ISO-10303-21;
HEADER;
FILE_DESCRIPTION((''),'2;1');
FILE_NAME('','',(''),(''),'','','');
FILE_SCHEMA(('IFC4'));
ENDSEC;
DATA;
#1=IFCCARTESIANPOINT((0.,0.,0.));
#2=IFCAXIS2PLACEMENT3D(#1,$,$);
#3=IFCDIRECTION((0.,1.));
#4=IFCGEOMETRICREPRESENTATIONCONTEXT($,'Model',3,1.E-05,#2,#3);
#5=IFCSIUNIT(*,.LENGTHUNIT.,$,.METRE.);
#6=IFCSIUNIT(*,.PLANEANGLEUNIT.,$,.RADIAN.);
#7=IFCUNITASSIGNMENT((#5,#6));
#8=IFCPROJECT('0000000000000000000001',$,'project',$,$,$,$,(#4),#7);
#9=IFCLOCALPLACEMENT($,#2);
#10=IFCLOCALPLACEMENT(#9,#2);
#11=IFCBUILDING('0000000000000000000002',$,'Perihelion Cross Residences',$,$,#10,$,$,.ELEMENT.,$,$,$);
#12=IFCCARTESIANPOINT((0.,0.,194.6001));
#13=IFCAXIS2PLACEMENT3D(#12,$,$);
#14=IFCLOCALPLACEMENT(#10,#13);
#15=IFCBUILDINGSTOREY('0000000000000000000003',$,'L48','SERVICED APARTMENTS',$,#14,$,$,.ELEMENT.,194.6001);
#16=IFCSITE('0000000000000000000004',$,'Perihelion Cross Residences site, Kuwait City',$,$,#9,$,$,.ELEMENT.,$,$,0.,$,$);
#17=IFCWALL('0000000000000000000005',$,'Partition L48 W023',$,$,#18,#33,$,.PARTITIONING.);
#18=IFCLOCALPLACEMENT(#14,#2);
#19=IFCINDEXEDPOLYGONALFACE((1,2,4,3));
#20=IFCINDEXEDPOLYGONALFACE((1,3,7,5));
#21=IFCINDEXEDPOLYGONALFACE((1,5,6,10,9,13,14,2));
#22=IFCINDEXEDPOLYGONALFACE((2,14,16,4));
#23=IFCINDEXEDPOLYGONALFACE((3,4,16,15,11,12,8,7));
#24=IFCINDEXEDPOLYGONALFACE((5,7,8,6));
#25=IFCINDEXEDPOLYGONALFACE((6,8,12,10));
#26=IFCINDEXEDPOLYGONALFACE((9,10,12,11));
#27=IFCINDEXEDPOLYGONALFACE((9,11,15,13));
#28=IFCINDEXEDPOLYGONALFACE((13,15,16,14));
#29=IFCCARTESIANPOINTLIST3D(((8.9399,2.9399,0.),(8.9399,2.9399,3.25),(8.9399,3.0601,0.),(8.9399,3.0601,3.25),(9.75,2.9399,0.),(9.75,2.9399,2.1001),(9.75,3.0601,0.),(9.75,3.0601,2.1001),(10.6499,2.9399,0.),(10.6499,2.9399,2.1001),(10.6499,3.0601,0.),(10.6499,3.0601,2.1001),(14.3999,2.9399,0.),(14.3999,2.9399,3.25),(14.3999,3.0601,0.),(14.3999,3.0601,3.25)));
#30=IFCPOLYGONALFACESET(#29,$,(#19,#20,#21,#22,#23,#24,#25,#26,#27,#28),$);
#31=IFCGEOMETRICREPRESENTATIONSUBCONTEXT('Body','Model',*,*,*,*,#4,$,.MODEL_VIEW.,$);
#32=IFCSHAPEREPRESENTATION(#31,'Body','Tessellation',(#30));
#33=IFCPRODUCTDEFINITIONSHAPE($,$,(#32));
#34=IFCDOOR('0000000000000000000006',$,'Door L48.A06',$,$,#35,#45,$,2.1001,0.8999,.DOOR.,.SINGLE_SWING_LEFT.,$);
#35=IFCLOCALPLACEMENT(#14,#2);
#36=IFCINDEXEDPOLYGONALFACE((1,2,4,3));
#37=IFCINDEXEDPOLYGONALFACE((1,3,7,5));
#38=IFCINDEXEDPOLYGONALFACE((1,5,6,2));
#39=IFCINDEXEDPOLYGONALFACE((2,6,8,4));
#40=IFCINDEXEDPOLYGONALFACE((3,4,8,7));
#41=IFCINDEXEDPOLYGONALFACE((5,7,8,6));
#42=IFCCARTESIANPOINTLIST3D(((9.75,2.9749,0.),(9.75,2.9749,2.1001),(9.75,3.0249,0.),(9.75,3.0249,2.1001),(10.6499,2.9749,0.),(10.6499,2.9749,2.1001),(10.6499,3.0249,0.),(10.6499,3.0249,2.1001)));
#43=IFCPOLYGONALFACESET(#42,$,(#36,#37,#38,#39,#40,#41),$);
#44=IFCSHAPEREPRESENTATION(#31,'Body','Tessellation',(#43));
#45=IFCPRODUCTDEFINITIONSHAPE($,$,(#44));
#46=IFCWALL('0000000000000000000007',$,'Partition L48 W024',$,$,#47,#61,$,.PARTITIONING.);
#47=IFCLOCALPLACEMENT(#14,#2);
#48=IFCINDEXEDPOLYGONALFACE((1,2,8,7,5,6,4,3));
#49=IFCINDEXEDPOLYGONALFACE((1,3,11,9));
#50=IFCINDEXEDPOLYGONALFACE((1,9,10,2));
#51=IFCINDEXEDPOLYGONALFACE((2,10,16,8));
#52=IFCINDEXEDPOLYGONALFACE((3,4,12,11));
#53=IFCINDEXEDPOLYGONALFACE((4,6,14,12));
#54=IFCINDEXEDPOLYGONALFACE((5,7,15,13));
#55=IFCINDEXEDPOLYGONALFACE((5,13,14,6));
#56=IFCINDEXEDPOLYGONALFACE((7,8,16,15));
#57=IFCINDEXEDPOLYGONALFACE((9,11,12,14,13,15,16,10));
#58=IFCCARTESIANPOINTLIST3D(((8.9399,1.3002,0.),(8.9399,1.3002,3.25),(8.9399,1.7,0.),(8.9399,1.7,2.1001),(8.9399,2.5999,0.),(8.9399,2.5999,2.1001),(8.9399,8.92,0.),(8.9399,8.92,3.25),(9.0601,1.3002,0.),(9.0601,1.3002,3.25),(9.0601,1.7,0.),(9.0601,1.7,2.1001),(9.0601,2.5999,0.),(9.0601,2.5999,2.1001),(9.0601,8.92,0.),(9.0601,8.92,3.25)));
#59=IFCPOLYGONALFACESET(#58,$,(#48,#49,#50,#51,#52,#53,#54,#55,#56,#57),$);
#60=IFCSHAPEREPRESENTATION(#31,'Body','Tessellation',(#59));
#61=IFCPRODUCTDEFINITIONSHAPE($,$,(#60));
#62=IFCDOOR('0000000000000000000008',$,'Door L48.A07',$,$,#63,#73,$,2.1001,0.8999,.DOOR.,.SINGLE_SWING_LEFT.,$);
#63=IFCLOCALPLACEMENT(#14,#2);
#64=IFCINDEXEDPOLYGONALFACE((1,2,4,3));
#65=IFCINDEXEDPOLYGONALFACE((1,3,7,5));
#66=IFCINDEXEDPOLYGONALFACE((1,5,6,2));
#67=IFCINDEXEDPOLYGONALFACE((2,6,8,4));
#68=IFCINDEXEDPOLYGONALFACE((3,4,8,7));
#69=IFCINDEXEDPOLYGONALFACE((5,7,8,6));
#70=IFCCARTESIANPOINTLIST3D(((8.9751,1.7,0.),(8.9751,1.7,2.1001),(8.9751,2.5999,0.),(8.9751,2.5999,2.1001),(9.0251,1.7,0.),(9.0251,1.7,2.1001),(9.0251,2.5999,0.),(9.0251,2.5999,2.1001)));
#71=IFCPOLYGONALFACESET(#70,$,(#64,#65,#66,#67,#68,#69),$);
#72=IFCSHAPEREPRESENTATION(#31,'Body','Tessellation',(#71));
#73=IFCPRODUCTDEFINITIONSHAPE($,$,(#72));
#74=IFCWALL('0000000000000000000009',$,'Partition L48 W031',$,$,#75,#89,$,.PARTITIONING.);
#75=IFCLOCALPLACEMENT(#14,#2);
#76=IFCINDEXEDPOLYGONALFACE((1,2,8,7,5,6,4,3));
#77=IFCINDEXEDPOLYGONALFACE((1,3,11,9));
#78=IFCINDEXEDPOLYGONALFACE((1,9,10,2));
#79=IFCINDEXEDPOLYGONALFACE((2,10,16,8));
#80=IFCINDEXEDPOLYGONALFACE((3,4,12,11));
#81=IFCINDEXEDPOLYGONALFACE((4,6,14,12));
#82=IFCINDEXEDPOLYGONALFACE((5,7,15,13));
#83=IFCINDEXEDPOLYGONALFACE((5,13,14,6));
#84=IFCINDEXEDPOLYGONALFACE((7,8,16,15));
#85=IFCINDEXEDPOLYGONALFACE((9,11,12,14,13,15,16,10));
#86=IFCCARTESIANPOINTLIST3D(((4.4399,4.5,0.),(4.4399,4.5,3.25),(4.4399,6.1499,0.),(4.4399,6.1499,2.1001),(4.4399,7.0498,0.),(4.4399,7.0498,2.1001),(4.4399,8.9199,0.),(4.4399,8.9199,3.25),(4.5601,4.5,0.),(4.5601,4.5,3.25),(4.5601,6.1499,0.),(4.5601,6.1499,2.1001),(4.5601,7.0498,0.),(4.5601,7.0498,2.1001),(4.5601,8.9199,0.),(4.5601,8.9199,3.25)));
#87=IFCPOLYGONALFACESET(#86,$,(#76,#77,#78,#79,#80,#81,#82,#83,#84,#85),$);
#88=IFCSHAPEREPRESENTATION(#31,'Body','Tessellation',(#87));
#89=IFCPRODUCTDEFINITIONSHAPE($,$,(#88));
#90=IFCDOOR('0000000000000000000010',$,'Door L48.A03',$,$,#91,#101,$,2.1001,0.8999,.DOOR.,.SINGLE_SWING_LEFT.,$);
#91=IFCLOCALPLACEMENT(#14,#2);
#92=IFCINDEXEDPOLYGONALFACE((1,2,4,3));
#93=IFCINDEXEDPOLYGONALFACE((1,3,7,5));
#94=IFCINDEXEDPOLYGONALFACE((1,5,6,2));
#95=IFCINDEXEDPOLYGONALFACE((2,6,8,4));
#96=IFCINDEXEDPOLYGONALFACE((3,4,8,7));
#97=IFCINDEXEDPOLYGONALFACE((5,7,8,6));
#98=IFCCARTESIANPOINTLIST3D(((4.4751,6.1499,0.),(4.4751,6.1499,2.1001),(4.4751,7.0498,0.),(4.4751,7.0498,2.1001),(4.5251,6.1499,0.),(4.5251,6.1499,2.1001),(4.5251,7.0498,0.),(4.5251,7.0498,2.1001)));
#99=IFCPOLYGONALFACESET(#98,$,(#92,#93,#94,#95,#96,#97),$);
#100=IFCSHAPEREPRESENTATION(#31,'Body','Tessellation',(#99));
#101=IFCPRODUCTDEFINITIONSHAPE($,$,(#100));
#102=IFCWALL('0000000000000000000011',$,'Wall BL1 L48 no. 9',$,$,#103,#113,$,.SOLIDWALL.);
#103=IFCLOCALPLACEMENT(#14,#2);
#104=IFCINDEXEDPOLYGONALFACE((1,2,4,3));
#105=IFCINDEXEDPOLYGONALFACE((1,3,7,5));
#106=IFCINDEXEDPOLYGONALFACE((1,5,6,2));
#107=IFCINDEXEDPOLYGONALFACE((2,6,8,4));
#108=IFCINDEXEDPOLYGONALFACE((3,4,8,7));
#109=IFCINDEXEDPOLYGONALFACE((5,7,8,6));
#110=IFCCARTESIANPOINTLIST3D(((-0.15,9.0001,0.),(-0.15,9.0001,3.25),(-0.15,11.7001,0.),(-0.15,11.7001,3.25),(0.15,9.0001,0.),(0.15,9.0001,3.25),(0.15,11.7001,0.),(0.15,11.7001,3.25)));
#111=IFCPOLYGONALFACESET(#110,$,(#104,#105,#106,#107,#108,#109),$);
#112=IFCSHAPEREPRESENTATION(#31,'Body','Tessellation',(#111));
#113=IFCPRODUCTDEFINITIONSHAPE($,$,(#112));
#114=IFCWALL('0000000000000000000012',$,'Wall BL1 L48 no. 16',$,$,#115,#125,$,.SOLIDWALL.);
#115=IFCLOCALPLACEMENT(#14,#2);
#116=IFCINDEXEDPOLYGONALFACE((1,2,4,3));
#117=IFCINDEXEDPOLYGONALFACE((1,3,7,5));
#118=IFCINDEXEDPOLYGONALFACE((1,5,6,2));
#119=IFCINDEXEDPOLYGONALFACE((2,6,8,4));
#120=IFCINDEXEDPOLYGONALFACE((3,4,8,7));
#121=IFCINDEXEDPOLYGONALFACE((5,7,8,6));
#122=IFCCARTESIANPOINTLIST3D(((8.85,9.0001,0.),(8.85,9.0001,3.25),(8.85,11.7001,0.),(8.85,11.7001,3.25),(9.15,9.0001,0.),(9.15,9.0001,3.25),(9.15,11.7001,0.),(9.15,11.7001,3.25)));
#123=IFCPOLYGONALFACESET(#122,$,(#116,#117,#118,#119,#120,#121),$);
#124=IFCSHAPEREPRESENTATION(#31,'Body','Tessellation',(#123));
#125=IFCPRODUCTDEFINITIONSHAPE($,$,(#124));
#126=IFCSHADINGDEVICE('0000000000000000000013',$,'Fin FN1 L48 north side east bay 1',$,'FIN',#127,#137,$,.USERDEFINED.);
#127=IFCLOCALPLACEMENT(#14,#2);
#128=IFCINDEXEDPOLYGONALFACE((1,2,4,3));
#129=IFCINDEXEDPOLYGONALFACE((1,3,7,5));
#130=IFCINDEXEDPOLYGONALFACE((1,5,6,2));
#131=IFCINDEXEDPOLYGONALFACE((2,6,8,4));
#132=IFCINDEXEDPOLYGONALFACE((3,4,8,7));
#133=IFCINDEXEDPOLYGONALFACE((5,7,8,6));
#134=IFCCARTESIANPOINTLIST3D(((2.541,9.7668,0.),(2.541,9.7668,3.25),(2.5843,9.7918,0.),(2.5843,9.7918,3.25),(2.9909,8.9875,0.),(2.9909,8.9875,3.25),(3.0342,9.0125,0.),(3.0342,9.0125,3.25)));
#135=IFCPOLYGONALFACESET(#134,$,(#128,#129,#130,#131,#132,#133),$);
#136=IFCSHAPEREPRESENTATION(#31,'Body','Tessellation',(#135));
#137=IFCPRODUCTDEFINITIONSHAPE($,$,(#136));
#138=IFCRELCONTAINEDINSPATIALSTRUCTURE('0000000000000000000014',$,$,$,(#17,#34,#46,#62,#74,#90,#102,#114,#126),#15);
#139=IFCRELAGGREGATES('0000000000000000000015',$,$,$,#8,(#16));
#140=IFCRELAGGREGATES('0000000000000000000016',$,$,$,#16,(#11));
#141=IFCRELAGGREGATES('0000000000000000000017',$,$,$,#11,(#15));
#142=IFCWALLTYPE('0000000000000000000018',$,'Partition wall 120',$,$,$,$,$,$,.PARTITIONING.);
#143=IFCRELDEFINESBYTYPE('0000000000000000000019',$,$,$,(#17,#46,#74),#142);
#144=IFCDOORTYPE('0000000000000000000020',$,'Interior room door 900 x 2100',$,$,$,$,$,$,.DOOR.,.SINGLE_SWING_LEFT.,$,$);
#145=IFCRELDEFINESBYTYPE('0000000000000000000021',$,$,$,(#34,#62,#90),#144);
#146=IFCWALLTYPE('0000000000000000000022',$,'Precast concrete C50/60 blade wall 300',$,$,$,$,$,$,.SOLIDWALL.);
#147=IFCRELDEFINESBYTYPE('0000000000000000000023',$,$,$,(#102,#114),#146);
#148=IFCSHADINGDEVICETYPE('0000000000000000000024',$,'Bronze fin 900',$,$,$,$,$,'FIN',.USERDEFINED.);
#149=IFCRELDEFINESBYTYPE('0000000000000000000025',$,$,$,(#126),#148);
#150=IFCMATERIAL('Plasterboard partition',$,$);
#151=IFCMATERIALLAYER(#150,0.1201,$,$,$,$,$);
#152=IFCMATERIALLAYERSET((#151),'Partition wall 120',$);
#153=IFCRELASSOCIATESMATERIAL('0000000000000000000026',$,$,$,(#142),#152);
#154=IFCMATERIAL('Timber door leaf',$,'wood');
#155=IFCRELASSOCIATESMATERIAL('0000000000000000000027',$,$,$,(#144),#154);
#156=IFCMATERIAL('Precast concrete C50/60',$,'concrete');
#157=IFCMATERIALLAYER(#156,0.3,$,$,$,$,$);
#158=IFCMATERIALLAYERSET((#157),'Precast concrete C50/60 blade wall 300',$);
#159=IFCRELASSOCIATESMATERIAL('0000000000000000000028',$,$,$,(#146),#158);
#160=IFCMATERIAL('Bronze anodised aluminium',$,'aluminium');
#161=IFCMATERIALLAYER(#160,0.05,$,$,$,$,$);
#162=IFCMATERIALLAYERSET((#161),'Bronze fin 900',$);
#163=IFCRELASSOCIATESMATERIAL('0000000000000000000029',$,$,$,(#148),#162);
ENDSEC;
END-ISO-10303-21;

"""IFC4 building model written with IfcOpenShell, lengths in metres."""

from ifc_helpers import new_model, si_unit, direction, frame, frame_2d, origin, origin_2d, place, context, subcontext, project, spatial, rectangle, extrude, material, layer, layer_set, type_object, element, fill, save


model = new_model("IFC4")

# Units and contexts
model_context = context("Model", 3, precision=1e-05, world=origin(), true_north=direction((0.0, 1.0)))
body_context = subcontext(model_context, "Body", "Model", "MODEL_VIEW")
ifc_project = project(units=[si_unit("LENGTHUNIT", "METRE"), si_unit("PLANEANGLEUNIT", "RADIAN")], contexts=[model_context])

# Site, building, storey
site_placement = place(None, origin())
site = spatial("IfcSite", under=ifc_project, at=site_placement, Name="Perihelion Cross Residences site, Kuwait City", CompositionType="ELEMENT", RefElevation=0.0)
building_placement = place(site_placement, origin())
building = spatial("IfcBuilding", under=site, at=building_placement, Name="Perihelion Cross Residences", CompositionType="ELEMENT")
storey_placement = place(building_placement, frame((0.0, 0.0, 194.6001)))
storey = spatial("IfcBuildingStorey", under=building, at=storey_placement, Name="L48", Description="SERVICED APARTMENTS", CompositionType="ELEMENT", Elevation=194.6001)

# Walls, openings, doors
ifc_material_1 = material(Name="Plasterboard partition")
ifc_layer_1 = layer(ifc_material_1, 0.1201)
ifc_layer_set_1 = layer_set([ifc_layer_1], Name="Partition wall 120")
wall_type_1 = type_object("IfcWallType", Name="Partition wall 120", PredefinedType="PARTITIONING", material=ifc_layer_set_1)
wall_1_placement = place(storey_placement, frame((8.9399, 3.0, 0.0), z_axis=(0.0, 0.0, 1.0), x_axis=(1.0, 0.0, 0.0)))
wall_1 = element("IfcWall", 1, at=wall_1_placement, inside=storey, type_object=wall_type_1, Name="Partition L48 W023", PredefinedType="PARTITIONING", context=body_context, shape_type="SweptSolid", body=[
    extrude(rectangle(XDim=5.46, YDim=0.1201, at=frame_2d((2.73, 0.0))), origin(), (0.0, 0.0, 1.0), 3.25),
])
opening_1_placement = place(wall_1_placement, frame((0.8101, 0.0, 0.0)))
opening_1 = element("IfcOpeningElement", 2, at=opening_1_placement, cuts=wall_1, PredefinedType="OPENING", context=body_context, shape_type="SweptSolid", body=[
    extrude(rectangle(XDim=0.8999, YDim=2.1001, at=frame_2d((0.45, 1.05))), frame((0.0, 0.0701, 0.0), z_axis=(0.0, -1.0, 0.0), x_axis=(1.0, 0.0, 0.0)), (0.0, 0.0, 1.0), 0.1401),
])
ifc_material_2 = material(Name="Timber door leaf", Category="wood")
door_type_1 = type_object("IfcDoorType", Name="Interior room door 900 x 2100", OperationType="SINGLE_SWING_LEFT", PredefinedType="DOOR", material=ifc_material_2)
door_1_placement = place(opening_1_placement, origin())
door_1 = element("IfcDoor", 3, at=door_1_placement, inside=storey, type_object=door_type_1, Name="Door L48.A06", OperationType="SINGLE_SWING_LEFT", OverallHeight=2.1001, OverallWidth=0.8999, PredefinedType="DOOR", context=body_context, shape_type="SweptSolid", body=[
    extrude(rectangle(XDim=0.8999, YDim=2.1001, at=frame_2d((0.45, 1.05))), frame((0.0, 0.0249, 0.0), z_axis=(0.0, -1.0, 0.0), x_axis=(1.0, 0.0, 0.0)), (0.0, 0.0, 1.0), 0.05),
])
fill(opening_1, door_1)
wall_2_placement = place(storey_placement, frame((9.0, 1.3, 0.0), z_axis=(0.0, 0.0, 1.0), x_axis=(0.0, 1.0, 0.0)))
wall_2 = element("IfcWall", 4, at=wall_2_placement, inside=storey, type_object=wall_type_1, Name="Partition L48 W024", PredefinedType="PARTITIONING", context=body_context, shape_type="SweptSolid", body=[
    extrude(rectangle(XDim=7.6199, YDim=0.1201, at=frame_2d((3.8101, 0.0))), origin(), (0.0, 0.0, 1.0), 3.25),
])
opening_2_placement = place(wall_2_placement, frame((0.3999, 0.0, 0.0)))
opening_2 = element("IfcOpeningElement", 5, at=opening_2_placement, cuts=wall_2, PredefinedType="OPENING", context=body_context, shape_type="SweptSolid", body=[
    extrude(rectangle(XDim=0.8999, YDim=2.1001, at=frame_2d((0.45, 1.05))), frame((0.0, 0.0701, 0.0), z_axis=(0.0, -1.0, 0.0), x_axis=(1.0, 0.0, 0.0)), (0.0, 0.0, 1.0), 0.1401),
])
door_2_placement = place(opening_2_placement, origin())
door_2 = element("IfcDoor", 6, at=door_2_placement, inside=storey, type_object=door_type_1, Name="Door L48.A07", OperationType="SINGLE_SWING_LEFT", OverallHeight=2.1001, OverallWidth=0.8999, PredefinedType="DOOR", context=body_context, shape_type="SweptSolid", body=[
    extrude(rectangle(XDim=0.8999, YDim=2.1001, at=frame_2d((0.45, 1.05))), frame((0.0, 0.0249, 0.0), z_axis=(0.0, -1.0, 0.0), x_axis=(1.0, 0.0, 0.0)), (0.0, 0.0, 1.0), 0.05),
])
fill(opening_2, door_2)
wall_3_placement = place(storey_placement, frame((4.5, 4.5, 0.0), z_axis=(0.0, 0.0, 1.0), x_axis=(0.0, 1.0, 0.0)))
wall_3 = element("IfcWall", 7, at=wall_3_placement, inside=storey, type_object=wall_type_1, Name="Partition L48 W031", PredefinedType="PARTITIONING", context=body_context, shape_type="SweptSolid", body=[
    extrude(rectangle(XDim=4.4199, YDim=0.1201, at=frame_2d((2.21, 0.0))), origin(), (0.0, 0.0, 1.0), 3.25),
])
opening_3_placement = place(wall_3_placement, frame((1.6499, 0.0, 0.0)))
opening_3 = element("IfcOpeningElement", 8, at=opening_3_placement, cuts=wall_3, PredefinedType="OPENING", context=body_context, shape_type="SweptSolid", body=[
    extrude(rectangle(XDim=0.8999, YDim=2.1001, at=frame_2d((0.45, 1.05))), frame((0.0, 0.0701, 0.0), z_axis=(0.0, -1.0, 0.0), x_axis=(1.0, 0.0, 0.0)), (0.0, 0.0, 1.0), 0.1401),
])
door_3_placement = place(opening_3_placement, origin())
door_3 = element("IfcDoor", 9, at=door_3_placement, inside=storey, type_object=door_type_1, Name="Door L48.A03", OperationType="SINGLE_SWING_LEFT", OverallHeight=2.1001, OverallWidth=0.8999, PredefinedType="DOOR", context=body_context, shape_type="SweptSolid", body=[
    extrude(rectangle(XDim=0.8999, YDim=2.1001, at=frame_2d((0.45, 1.05))), frame((0.0, 0.0249, 0.0), z_axis=(0.0, -1.0, 0.0), x_axis=(1.0, 0.0, 0.0)), (0.0, 0.0, 1.0), 0.05),
])
fill(opening_3, door_3)

# Walls
ifc_material_3 = material(Name="Precast concrete C50/60", Category="concrete")
ifc_layer_2 = layer(ifc_material_3, 0.3)
ifc_layer_set_2 = layer_set([ifc_layer_2], Name="Precast concrete C50/60 blade wall 300")
wall_type_2 = type_object("IfcWallType", Name="Precast concrete C50/60 blade wall 300", PredefinedType="SOLIDWALL", material=ifc_layer_set_2)
for number, where, z_axis, x_axis, name in (
    (10, (0.0, 9.0, 0.0), (0.0, 0.0, 1.0), (0.0, 1.0, 0.0), "Wall BL1 L48 no. 9"),
    (11, (9.0, 9.0, 0.0), (0.0, 0.0, 1.0), (0.0, 1.0, 0.0), "Wall BL1 L48 no. 16"),
):
    element("IfcWall", number, at=place(storey_placement, frame(where, z_axis=z_axis, x_axis=x_axis)), inside=storey, type_object=wall_type_2, Name=name, PredefinedType="SOLIDWALL", context=body_context, shape_type="SweptSolid", body=[
        extrude(rectangle(XDim=2.7, YDim=0.3, at=frame_2d((1.3501, 0.0))), origin(), (0.0, 0.0, 1.0), 3.25),
    ])

# Shading device
ifc_material_4 = material(Name="Bronze anodised aluminium", Category="aluminium")
ifc_layer_3 = layer(ifc_material_4, 0.05)
ifc_layer_set_3 = layer_set([ifc_layer_3], Name="Bronze fin 900")
shading_device_type = type_object("IfcShadingDeviceType", Name="Bronze fin 900", ElementType="FIN", PredefinedType="USERDEFINED", material=ifc_layer_set_3)
shading_device_placement = place(storey_placement, frame((2.7876, 9.3896, 0.0), z_axis=(0.0, 0.0, 1.0), x_axis=(-0.5, 0.866025, 0.0)))
element("IfcShadingDevice", 12, at=shading_device_placement, inside=storey, type_object=shading_device_type, Name="Fin FN1 L48 north side east bay 1", ObjectType="FIN", PredefinedType="USERDEFINED", context=body_context, shape_type="SweptSolid", body=[
    extrude(rectangle(XDim=0.8999, YDim=0.05, at=origin_2d()), origin(), (0.0, 0.0, 1.0), 3.25),
])

save(model, "model.ifc")
